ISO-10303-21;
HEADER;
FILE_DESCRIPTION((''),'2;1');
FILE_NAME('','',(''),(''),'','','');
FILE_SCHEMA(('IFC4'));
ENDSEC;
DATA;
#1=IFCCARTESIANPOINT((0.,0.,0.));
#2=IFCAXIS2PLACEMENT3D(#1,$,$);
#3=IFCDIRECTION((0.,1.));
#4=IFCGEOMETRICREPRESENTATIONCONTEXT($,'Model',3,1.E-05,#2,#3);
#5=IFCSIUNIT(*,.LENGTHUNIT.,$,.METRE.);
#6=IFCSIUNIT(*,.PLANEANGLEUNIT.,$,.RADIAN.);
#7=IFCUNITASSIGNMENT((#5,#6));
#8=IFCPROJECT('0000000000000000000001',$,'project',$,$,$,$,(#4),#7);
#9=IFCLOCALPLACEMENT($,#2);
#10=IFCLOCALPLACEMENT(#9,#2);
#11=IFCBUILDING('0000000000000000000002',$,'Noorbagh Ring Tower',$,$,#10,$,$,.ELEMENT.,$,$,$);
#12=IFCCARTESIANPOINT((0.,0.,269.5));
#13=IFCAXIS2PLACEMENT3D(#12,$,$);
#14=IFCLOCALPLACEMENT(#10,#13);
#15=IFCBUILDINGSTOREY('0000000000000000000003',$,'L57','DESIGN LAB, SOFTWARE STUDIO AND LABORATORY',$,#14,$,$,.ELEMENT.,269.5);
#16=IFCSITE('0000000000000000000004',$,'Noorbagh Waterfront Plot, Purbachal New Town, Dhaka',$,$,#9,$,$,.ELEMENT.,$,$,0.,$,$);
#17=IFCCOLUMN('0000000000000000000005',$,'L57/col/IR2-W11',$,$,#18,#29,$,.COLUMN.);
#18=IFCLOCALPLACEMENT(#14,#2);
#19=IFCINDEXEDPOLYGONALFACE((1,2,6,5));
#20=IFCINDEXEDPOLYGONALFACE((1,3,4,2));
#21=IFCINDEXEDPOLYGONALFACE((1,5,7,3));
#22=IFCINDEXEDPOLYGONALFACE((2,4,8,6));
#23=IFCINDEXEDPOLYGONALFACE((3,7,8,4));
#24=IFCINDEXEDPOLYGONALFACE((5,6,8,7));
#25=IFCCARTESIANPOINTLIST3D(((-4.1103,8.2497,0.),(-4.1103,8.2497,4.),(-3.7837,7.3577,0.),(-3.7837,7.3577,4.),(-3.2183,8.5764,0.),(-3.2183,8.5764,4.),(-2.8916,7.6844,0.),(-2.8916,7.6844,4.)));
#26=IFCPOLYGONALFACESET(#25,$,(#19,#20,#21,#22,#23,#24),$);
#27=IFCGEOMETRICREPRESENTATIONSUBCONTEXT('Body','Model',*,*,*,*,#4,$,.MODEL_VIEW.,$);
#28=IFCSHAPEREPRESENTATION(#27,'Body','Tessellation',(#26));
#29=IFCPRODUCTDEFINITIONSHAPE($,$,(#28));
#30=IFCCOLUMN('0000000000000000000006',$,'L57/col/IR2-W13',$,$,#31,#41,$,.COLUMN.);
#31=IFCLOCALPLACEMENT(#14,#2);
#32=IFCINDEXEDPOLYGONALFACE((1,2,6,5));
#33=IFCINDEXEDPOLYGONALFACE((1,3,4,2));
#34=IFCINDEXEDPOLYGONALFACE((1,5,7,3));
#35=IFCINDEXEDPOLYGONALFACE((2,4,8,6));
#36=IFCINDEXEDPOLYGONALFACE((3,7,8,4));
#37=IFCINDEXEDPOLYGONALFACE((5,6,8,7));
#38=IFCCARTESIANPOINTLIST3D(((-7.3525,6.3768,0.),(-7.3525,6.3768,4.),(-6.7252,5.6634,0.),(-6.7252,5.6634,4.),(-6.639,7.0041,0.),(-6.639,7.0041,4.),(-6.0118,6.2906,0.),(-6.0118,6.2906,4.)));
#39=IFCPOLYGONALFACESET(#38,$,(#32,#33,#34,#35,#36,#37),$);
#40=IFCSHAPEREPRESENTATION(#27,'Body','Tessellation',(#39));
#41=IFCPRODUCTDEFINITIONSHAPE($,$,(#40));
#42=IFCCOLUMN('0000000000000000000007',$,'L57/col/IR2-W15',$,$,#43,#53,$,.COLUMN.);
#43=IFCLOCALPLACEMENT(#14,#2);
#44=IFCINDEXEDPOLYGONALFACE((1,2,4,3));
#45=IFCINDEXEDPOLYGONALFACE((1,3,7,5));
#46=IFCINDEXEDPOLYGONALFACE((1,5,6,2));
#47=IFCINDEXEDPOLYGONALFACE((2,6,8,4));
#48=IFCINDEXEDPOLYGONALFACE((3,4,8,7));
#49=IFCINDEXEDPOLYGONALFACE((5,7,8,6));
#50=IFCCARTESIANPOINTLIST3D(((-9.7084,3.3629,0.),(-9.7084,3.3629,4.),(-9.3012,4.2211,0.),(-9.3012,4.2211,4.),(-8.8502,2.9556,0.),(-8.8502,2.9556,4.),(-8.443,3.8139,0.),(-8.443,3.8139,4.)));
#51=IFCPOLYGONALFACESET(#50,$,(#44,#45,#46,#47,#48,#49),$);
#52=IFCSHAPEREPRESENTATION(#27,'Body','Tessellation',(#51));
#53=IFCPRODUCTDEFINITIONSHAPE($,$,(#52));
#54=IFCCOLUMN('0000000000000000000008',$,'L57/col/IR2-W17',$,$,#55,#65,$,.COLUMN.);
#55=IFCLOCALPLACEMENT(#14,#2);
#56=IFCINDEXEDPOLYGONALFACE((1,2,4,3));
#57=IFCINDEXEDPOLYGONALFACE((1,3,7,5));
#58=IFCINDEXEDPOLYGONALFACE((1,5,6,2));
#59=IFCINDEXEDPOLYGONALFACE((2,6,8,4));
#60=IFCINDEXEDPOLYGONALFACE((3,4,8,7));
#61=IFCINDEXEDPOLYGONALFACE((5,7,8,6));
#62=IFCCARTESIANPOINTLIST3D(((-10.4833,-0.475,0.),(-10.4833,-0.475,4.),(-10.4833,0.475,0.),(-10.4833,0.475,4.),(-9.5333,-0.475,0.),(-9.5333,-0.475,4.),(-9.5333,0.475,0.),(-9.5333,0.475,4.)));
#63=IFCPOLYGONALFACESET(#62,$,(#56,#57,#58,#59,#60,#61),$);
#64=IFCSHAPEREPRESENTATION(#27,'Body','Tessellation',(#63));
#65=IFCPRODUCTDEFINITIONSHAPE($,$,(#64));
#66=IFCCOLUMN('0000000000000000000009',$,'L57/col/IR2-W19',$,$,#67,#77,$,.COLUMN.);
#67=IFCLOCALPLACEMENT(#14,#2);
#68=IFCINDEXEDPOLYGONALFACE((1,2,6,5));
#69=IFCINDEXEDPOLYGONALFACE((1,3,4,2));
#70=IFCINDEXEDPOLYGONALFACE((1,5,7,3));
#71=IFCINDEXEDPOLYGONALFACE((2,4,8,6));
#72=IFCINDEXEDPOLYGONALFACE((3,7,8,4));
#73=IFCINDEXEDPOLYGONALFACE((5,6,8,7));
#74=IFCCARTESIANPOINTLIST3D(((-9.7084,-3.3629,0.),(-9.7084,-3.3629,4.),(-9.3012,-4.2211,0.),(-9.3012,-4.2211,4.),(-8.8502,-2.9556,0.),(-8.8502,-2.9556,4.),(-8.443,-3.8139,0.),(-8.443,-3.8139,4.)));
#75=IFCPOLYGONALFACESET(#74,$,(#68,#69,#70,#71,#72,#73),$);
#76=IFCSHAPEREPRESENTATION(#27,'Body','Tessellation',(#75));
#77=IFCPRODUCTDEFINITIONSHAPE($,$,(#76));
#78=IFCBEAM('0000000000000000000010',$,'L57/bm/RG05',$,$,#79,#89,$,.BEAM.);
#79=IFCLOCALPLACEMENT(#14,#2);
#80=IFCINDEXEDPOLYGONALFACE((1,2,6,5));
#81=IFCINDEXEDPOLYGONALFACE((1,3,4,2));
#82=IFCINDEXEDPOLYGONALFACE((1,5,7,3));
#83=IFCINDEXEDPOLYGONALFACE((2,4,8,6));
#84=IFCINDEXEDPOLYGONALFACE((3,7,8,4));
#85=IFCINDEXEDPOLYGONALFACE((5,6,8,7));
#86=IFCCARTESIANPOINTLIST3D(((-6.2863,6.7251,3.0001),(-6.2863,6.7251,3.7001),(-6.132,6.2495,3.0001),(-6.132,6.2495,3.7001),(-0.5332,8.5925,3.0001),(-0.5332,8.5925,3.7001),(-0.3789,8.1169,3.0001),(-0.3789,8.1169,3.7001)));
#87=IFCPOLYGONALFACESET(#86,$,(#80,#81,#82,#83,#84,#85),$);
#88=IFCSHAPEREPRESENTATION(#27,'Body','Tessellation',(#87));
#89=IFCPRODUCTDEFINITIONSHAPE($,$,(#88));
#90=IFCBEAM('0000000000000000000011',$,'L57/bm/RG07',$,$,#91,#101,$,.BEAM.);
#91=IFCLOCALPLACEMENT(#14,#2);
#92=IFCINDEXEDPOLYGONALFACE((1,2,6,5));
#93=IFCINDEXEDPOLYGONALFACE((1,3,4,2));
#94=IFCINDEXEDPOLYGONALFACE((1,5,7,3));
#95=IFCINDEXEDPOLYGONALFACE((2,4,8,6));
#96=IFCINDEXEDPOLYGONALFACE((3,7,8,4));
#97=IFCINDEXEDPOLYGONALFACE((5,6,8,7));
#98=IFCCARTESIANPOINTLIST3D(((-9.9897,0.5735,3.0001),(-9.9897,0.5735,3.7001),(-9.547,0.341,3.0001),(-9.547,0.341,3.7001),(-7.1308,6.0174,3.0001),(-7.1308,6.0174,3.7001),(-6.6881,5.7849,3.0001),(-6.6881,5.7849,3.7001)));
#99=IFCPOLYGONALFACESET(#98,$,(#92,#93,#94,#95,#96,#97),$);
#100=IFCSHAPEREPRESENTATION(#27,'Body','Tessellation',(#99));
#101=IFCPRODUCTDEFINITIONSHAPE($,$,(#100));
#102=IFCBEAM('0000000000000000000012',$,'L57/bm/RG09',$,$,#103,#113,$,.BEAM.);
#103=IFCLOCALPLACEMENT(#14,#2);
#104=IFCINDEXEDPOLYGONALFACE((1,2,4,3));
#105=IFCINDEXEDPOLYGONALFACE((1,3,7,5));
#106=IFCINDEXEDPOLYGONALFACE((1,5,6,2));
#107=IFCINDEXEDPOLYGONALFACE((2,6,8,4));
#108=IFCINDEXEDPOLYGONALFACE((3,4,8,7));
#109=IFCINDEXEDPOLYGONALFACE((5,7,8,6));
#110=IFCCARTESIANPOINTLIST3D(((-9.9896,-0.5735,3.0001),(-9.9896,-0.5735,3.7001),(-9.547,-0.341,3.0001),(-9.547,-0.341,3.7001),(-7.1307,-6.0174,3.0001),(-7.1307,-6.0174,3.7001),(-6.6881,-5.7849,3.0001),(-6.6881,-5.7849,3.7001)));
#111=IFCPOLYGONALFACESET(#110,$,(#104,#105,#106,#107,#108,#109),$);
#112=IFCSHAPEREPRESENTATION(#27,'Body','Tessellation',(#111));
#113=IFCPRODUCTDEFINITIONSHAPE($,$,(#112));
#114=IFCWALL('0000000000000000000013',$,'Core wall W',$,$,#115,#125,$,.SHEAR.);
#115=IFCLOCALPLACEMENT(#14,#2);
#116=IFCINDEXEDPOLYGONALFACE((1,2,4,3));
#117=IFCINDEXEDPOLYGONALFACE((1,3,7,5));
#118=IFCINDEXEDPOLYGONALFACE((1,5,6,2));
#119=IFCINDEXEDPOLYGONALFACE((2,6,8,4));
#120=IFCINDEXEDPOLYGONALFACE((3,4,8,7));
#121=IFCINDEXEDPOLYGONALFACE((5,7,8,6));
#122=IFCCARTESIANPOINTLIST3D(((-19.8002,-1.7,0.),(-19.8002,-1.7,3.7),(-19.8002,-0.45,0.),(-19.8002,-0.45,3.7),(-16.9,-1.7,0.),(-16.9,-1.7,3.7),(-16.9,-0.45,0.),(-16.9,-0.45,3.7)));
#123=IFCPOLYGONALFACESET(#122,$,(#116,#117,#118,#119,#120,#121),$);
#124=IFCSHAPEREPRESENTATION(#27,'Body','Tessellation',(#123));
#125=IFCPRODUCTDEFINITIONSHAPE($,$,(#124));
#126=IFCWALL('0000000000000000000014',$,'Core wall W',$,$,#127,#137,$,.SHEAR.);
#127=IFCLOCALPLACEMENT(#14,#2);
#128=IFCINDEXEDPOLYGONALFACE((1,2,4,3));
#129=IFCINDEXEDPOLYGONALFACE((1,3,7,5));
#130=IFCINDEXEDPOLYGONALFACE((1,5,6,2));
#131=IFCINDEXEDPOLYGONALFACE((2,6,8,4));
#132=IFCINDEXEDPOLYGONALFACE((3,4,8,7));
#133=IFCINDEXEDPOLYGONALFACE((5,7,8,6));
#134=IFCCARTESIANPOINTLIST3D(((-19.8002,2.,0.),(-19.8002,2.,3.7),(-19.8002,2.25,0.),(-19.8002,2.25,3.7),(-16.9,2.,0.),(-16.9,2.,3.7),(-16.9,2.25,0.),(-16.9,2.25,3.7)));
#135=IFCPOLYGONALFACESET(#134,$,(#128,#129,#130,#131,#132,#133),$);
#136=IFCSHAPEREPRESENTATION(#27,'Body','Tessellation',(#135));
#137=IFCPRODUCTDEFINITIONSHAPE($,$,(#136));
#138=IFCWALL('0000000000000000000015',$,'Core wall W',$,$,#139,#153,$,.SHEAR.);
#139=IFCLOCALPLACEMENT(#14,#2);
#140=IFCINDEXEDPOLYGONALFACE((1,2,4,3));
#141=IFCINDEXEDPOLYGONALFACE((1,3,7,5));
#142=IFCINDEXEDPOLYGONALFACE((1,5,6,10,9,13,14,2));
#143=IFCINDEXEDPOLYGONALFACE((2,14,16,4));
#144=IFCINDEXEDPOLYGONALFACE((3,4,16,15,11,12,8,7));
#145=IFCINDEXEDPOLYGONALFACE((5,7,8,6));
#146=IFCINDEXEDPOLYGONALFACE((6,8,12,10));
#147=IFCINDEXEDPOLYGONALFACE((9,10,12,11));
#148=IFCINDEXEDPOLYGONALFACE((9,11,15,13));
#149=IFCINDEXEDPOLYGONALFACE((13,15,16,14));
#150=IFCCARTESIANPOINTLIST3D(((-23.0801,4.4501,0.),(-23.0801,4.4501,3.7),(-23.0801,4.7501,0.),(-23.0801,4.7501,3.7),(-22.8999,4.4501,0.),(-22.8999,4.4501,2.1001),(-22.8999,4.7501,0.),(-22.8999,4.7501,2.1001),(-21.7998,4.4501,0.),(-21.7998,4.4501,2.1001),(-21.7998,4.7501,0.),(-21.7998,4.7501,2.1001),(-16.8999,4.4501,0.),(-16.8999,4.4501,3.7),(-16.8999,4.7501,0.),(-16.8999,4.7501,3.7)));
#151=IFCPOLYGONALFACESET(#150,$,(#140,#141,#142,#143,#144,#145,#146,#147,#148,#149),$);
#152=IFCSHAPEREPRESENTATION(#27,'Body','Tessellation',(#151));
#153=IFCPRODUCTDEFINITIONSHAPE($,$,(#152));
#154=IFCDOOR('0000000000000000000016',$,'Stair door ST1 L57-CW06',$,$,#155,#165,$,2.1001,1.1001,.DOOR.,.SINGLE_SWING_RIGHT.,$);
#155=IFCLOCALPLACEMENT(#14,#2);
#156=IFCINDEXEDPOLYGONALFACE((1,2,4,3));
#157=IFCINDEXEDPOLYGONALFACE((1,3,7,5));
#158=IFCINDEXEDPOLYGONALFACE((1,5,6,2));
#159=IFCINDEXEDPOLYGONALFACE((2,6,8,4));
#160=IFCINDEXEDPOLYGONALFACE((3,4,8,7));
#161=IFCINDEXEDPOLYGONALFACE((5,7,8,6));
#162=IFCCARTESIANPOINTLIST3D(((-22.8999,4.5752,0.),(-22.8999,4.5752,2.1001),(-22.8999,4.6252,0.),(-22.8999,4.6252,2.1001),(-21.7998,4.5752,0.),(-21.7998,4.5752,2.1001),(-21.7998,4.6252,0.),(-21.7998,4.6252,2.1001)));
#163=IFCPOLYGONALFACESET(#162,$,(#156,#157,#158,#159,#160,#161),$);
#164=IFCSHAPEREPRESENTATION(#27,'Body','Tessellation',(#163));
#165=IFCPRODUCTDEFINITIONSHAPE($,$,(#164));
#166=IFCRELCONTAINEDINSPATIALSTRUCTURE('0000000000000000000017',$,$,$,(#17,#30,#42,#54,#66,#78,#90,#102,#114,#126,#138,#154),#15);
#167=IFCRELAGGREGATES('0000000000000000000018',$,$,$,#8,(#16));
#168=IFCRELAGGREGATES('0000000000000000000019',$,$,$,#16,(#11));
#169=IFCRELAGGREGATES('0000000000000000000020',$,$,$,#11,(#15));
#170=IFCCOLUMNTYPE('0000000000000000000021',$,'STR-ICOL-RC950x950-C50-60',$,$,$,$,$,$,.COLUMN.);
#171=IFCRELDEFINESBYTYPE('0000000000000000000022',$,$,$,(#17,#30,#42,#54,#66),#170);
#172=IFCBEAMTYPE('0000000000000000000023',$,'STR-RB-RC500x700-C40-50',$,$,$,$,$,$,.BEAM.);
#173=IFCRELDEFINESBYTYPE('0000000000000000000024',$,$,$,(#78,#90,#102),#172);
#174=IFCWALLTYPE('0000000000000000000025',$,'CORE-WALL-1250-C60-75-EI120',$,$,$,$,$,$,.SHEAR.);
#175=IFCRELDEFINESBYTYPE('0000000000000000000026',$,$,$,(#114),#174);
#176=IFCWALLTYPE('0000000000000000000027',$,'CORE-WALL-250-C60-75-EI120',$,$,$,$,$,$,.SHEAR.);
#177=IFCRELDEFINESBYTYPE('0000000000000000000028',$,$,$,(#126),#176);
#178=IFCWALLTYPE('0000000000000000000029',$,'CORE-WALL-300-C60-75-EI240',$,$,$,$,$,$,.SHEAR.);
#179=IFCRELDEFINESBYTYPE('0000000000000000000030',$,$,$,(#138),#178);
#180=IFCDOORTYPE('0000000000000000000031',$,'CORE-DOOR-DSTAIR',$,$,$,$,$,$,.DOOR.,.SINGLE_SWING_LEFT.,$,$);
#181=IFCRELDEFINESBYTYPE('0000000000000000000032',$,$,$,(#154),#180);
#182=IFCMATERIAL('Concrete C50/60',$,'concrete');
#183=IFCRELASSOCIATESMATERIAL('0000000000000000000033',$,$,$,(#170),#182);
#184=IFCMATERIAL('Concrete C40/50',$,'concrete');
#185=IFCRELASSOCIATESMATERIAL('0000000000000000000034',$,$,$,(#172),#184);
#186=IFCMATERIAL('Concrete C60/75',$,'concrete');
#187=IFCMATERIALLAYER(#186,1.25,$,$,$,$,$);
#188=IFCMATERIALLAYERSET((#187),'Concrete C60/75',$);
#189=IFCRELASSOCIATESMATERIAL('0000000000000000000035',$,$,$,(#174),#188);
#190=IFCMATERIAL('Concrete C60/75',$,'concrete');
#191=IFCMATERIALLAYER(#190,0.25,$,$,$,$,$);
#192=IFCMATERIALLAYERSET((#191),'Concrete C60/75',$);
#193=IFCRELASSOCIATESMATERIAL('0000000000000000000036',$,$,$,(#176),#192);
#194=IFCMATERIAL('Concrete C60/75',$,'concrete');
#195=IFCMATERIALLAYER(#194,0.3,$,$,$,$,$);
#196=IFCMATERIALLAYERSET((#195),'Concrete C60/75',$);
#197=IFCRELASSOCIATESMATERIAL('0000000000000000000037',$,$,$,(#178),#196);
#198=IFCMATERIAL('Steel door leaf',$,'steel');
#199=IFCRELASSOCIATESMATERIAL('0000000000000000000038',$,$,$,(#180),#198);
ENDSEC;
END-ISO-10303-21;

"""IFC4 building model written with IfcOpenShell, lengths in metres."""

from ifc_helpers import new_model, si_unit, direction, frame, frame_2d, origin, origin_2d, place, context, subcontext, project, spatial, rectangle, extrude, material, layer, layer_set, material_profile, profile_set, type_object, element, fill, save


model = new_model("IFC4")

# Units and contexts
model_context = context("Model", 3, precision=1e-05, world=origin(), true_north=direction((0.0, 1.0)))
body_context = subcontext(model_context, "Body", "Model", "MODEL_VIEW")
ifc_project = project(units=[si_unit("LENGTHUNIT", "METRE"), si_unit("PLANEANGLEUNIT", "RADIAN")], contexts=[model_context])

# Site, building, storey
site_placement = place(None, origin())
site = spatial("IfcSite", under=ifc_project, at=site_placement, Name="Noorbagh Waterfront Plot, Purbachal New Town, Dhaka", CompositionType="ELEMENT", RefElevation=0.0)
building_placement = place(site_placement, origin())
building = spatial("IfcBuilding", under=site, at=building_placement, Name="Noorbagh Ring Tower", CompositionType="ELEMENT")
storey_placement = place(building_placement, frame((0.0, 0.0, 269.5)))
storey = spatial("IfcBuildingStorey", under=building, at=storey_placement, Name="L57", Description="DESIGN LAB, SOFTWARE STUDIO AND LABORATORY", CompositionType="ELEMENT", Elevation=269.5)

# Columns
ifc_material_1 = material(Name="Concrete C50/60", Category="concrete")
ifc_material_profile_1 = material_profile(ifc_material_1, rectangle(XDim=0.95, YDim=0.95, at=origin_2d()), Name="RC950x950")
ifc_profile_set_1 = profile_set([ifc_material_profile_1], Name="Concrete C50/60")
column_type = type_object("IfcColumnType", Name="STR-ICOL-RC950x950-C50-60", PredefinedType="COLUMN", material=ifc_profile_set_1)
for number, where, z_axis, x_axis, name in (
    (1, (-3.501, 7.967, 0.0), (0.0, 0.0, 1.0), (-0.93902, -0.343864, 0.0), "L57/col/IR2-W11"),
    (2, (-6.6821, 6.3337, 0.0), (0.0, 0.0, 1.0), (-0.751022, -0.660277, 0.0), "L57/col/IR2-W13"),
    (3, (-9.0757, 3.5884, 0.0), (0.0, 0.0, 1.0), (-0.428667, -0.903463, 0.0), "L57/col/IR2-W15"),
    (4, (-10.0083, 0.0, 0.0), (0.0, 0.0, 1.0), (0.0, -1.0, 0.0), "L57/col/IR2-W17"),
    (5, (-9.0757, -3.5884, 0.0), (0.0, 0.0, 1.0), (0.428667, -0.903463, 0.0), "L57/col/IR2-W19"),
):
    element("IfcColumn", number, at=place(storey_placement, frame(where, z_axis=z_axis, x_axis=x_axis)), inside=storey, type_object=column_type, Name=name, PredefinedType="COLUMN", context=body_context, shape_type="SweptSolid", body=[
        extrude(rectangle(XDim=0.95, YDim=0.95, at=origin_2d()), origin(), (0.0, 0.0, 1.0), 4.0),
    ])

# Beams
ifc_material_2 = material(Name="Concrete C40/50", Category="concrete")
ifc_material_profile_2 = material_profile(ifc_material_2, rectangle(XDim=0.5, YDim=0.7, at=origin_2d()), Name="RC500x700")
ifc_profile_set_2 = profile_set([ifc_material_profile_2], Name="Concrete C40/50")
beam_type = type_object("IfcBeamType", Name="STR-RB-RC500x700-C40-50", PredefinedType="BEAM", material=ifc_profile_set_2)
beam_placement = place(storey_placement, frame((-0.4561, 8.3547, 3.3501), z_axis=(-0.951148, -0.308735, 0.0), x_axis=(0.308735, -0.951148, 0.0)))
element("IfcBeam", 6, at=beam_placement, inside=storey, type_object=beam_type, Name="L57/bm/RG05", PredefinedType="BEAM", context=body_context, shape_type="SweptSolid", body=[
    extrude(rectangle(XDim=0.5, YDim=0.7, at=origin_2d()), origin(), (0.0, 0.0, 1.0), 6.0486),
])
for number, where, z_axis, x_axis, name in (
    (7, (-6.9094, 5.9011, 3.3501), (-0.464944, -0.88534, 0.0), (0.88534, -0.464944, 0.0), "L57/bm/RG07"),
    (8, (-9.7683, -0.4573, 3.3501), (0.464944, -0.88534, 0.0), (0.88534, 0.464944, 0.0), "L57/bm/RG09"),
):
    element("IfcBeam", number, at=place(storey_placement, frame(where, z_axis=z_axis, x_axis=x_axis)), inside=storey, type_object=beam_type, Name=name, PredefinedType="BEAM", context=body_context, shape_type="SweptSolid", body=[
        extrude(rectangle(XDim=0.5, YDim=0.7, at=origin_2d()), origin(), (0.0, 0.0, 1.0), 6.1489),
    ])

# Walls
ifc_material_3 = material(Name="Concrete C60/75", Category="concrete")
ifc_layer_1 = layer(ifc_material_3, 1.25)
ifc_layer_set_1 = layer_set([ifc_layer_1], Name="Concrete C60/75")
wall_type_1 = type_object("IfcWallType", Name="CORE-WALL-1250-C60-75-EI120", PredefinedType="SHEAR", material=ifc_layer_set_1)
wall_1_placement = place(storey_placement, frame((-16.8999, -1.075, 0.0), z_axis=(0.0, 0.0, 1.0), x_axis=(-1.0, 0.0, 0.0)))
element("IfcWall", 9, at=wall_1_placement, inside=storey, type_object=wall_type_1, Name="Core wall W", PredefinedType="SHEAR", context=body_context, shape_type="SweptSolid", body=[
    extrude(rectangle(XDim=2.9001, YDim=1.25, at=frame_2d((1.4502, 0.0))), origin(), (0.0, 0.0, 1.0), 3.7),
])
ifc_material_4 = material(Name="Concrete C60/75", Category="concrete")
ifc_layer_2 = layer(ifc_material_4, 0.25)
ifc_layer_set_2 = layer_set([ifc_layer_2], Name="Concrete C60/75")
wall_type_2 = type_object("IfcWallType", Name="CORE-WALL-250-C60-75-EI120", PredefinedType="SHEAR", material=ifc_layer_set_2)
wall_2_placement = place(storey_placement, frame((-16.8999, 2.125, 0.0), z_axis=(0.0, 0.0, 1.0), x_axis=(-1.0, 0.0, 0.0)))
element("IfcWall", 10, at=wall_2_placement, inside=storey, type_object=wall_type_2, Name="Core wall W", PredefinedType="SHEAR", context=body_context, shape_type="SweptSolid", body=[
    extrude(rectangle(XDim=2.9001, YDim=0.25, at=frame_2d((1.4502, 0.0))), origin(), (0.0, 0.0, 1.0), 3.7),
])

# Wall, opening, door
ifc_material_5 = material(Name="Concrete C60/75", Category="concrete")
ifc_layer_3 = layer(ifc_material_5, 0.3)
ifc_layer_set_3 = layer_set([ifc_layer_3], Name="Concrete C60/75")
wall_type_3 = type_object("IfcWallType", Name="CORE-WALL-300-C60-75-EI240", PredefinedType="SHEAR", material=ifc_layer_set_3)
wall_3_placement = place(storey_placement, frame((-16.8999, 4.6001, 0.0), z_axis=(0.0, 0.0, 1.0), x_axis=(-1.0, 0.0, 0.0)))
wall_3 = element("IfcWall", 11, at=wall_3_placement, inside=storey, type_object=wall_type_3, Name="Core wall W", PredefinedType="SHEAR", context=body_context, shape_type="SweptSolid", body=[
    extrude(rectangle(XDim=6.1802, YDim=0.3, at=frame_2d((3.0901, 0.0))), origin(), (0.0, 0.0, 1.0), 3.7),
])
opening_1_placement = place(wall_3_placement, frame((4.8999, 0.0, 0.0)))
opening_1 = element("IfcOpeningElement", 12, at=opening_1_placement, cuts=wall_3, PredefinedType="OPENING", context=body_context, shape_type="SweptSolid", body=[
    extrude(rectangle(XDim=1.1001, YDim=2.1001, at=frame_2d((0.55, 1.05))), frame((0.0, 0.1602, 0.0), z_axis=(0.0, -1.0, 0.0), x_axis=(1.0, 0.0, 0.0)), (0.0, 0.0, 1.0), 0.3201),
])
ifc_material_6 = material(Name="Steel door leaf", Category="steel")
door_type_1 = type_object("IfcDoorType", Name="CORE-DOOR-DSTAIR", OperationType="SINGLE_SWING_LEFT", PredefinedType="DOOR", material=ifc_material_6)
door_1_placement = place(opening_1_placement, origin())
door_1 = element("IfcDoor", 13, at=door_1_placement, inside=storey, type_object=door_type_1, Name="Stair door ST1 L57-CW06", OperationType="SINGLE_SWING_RIGHT", OverallHeight=2.1001, OverallWidth=1.1001, PredefinedType="DOOR", context=body_context, shape_type="SweptSolid", body=[
    extrude(rectangle(XDim=1.1001, YDim=2.1001, at=frame_2d((0.55, 1.05))), frame((0.0, 0.0249, 0.0), z_axis=(0.0, -1.0, 0.0), x_axis=(1.0, 0.0, 0.0)), (0.0, 0.0, 1.0), 0.05),
])
fill(opening_1, door_1)

save(model, "model.ifc")
